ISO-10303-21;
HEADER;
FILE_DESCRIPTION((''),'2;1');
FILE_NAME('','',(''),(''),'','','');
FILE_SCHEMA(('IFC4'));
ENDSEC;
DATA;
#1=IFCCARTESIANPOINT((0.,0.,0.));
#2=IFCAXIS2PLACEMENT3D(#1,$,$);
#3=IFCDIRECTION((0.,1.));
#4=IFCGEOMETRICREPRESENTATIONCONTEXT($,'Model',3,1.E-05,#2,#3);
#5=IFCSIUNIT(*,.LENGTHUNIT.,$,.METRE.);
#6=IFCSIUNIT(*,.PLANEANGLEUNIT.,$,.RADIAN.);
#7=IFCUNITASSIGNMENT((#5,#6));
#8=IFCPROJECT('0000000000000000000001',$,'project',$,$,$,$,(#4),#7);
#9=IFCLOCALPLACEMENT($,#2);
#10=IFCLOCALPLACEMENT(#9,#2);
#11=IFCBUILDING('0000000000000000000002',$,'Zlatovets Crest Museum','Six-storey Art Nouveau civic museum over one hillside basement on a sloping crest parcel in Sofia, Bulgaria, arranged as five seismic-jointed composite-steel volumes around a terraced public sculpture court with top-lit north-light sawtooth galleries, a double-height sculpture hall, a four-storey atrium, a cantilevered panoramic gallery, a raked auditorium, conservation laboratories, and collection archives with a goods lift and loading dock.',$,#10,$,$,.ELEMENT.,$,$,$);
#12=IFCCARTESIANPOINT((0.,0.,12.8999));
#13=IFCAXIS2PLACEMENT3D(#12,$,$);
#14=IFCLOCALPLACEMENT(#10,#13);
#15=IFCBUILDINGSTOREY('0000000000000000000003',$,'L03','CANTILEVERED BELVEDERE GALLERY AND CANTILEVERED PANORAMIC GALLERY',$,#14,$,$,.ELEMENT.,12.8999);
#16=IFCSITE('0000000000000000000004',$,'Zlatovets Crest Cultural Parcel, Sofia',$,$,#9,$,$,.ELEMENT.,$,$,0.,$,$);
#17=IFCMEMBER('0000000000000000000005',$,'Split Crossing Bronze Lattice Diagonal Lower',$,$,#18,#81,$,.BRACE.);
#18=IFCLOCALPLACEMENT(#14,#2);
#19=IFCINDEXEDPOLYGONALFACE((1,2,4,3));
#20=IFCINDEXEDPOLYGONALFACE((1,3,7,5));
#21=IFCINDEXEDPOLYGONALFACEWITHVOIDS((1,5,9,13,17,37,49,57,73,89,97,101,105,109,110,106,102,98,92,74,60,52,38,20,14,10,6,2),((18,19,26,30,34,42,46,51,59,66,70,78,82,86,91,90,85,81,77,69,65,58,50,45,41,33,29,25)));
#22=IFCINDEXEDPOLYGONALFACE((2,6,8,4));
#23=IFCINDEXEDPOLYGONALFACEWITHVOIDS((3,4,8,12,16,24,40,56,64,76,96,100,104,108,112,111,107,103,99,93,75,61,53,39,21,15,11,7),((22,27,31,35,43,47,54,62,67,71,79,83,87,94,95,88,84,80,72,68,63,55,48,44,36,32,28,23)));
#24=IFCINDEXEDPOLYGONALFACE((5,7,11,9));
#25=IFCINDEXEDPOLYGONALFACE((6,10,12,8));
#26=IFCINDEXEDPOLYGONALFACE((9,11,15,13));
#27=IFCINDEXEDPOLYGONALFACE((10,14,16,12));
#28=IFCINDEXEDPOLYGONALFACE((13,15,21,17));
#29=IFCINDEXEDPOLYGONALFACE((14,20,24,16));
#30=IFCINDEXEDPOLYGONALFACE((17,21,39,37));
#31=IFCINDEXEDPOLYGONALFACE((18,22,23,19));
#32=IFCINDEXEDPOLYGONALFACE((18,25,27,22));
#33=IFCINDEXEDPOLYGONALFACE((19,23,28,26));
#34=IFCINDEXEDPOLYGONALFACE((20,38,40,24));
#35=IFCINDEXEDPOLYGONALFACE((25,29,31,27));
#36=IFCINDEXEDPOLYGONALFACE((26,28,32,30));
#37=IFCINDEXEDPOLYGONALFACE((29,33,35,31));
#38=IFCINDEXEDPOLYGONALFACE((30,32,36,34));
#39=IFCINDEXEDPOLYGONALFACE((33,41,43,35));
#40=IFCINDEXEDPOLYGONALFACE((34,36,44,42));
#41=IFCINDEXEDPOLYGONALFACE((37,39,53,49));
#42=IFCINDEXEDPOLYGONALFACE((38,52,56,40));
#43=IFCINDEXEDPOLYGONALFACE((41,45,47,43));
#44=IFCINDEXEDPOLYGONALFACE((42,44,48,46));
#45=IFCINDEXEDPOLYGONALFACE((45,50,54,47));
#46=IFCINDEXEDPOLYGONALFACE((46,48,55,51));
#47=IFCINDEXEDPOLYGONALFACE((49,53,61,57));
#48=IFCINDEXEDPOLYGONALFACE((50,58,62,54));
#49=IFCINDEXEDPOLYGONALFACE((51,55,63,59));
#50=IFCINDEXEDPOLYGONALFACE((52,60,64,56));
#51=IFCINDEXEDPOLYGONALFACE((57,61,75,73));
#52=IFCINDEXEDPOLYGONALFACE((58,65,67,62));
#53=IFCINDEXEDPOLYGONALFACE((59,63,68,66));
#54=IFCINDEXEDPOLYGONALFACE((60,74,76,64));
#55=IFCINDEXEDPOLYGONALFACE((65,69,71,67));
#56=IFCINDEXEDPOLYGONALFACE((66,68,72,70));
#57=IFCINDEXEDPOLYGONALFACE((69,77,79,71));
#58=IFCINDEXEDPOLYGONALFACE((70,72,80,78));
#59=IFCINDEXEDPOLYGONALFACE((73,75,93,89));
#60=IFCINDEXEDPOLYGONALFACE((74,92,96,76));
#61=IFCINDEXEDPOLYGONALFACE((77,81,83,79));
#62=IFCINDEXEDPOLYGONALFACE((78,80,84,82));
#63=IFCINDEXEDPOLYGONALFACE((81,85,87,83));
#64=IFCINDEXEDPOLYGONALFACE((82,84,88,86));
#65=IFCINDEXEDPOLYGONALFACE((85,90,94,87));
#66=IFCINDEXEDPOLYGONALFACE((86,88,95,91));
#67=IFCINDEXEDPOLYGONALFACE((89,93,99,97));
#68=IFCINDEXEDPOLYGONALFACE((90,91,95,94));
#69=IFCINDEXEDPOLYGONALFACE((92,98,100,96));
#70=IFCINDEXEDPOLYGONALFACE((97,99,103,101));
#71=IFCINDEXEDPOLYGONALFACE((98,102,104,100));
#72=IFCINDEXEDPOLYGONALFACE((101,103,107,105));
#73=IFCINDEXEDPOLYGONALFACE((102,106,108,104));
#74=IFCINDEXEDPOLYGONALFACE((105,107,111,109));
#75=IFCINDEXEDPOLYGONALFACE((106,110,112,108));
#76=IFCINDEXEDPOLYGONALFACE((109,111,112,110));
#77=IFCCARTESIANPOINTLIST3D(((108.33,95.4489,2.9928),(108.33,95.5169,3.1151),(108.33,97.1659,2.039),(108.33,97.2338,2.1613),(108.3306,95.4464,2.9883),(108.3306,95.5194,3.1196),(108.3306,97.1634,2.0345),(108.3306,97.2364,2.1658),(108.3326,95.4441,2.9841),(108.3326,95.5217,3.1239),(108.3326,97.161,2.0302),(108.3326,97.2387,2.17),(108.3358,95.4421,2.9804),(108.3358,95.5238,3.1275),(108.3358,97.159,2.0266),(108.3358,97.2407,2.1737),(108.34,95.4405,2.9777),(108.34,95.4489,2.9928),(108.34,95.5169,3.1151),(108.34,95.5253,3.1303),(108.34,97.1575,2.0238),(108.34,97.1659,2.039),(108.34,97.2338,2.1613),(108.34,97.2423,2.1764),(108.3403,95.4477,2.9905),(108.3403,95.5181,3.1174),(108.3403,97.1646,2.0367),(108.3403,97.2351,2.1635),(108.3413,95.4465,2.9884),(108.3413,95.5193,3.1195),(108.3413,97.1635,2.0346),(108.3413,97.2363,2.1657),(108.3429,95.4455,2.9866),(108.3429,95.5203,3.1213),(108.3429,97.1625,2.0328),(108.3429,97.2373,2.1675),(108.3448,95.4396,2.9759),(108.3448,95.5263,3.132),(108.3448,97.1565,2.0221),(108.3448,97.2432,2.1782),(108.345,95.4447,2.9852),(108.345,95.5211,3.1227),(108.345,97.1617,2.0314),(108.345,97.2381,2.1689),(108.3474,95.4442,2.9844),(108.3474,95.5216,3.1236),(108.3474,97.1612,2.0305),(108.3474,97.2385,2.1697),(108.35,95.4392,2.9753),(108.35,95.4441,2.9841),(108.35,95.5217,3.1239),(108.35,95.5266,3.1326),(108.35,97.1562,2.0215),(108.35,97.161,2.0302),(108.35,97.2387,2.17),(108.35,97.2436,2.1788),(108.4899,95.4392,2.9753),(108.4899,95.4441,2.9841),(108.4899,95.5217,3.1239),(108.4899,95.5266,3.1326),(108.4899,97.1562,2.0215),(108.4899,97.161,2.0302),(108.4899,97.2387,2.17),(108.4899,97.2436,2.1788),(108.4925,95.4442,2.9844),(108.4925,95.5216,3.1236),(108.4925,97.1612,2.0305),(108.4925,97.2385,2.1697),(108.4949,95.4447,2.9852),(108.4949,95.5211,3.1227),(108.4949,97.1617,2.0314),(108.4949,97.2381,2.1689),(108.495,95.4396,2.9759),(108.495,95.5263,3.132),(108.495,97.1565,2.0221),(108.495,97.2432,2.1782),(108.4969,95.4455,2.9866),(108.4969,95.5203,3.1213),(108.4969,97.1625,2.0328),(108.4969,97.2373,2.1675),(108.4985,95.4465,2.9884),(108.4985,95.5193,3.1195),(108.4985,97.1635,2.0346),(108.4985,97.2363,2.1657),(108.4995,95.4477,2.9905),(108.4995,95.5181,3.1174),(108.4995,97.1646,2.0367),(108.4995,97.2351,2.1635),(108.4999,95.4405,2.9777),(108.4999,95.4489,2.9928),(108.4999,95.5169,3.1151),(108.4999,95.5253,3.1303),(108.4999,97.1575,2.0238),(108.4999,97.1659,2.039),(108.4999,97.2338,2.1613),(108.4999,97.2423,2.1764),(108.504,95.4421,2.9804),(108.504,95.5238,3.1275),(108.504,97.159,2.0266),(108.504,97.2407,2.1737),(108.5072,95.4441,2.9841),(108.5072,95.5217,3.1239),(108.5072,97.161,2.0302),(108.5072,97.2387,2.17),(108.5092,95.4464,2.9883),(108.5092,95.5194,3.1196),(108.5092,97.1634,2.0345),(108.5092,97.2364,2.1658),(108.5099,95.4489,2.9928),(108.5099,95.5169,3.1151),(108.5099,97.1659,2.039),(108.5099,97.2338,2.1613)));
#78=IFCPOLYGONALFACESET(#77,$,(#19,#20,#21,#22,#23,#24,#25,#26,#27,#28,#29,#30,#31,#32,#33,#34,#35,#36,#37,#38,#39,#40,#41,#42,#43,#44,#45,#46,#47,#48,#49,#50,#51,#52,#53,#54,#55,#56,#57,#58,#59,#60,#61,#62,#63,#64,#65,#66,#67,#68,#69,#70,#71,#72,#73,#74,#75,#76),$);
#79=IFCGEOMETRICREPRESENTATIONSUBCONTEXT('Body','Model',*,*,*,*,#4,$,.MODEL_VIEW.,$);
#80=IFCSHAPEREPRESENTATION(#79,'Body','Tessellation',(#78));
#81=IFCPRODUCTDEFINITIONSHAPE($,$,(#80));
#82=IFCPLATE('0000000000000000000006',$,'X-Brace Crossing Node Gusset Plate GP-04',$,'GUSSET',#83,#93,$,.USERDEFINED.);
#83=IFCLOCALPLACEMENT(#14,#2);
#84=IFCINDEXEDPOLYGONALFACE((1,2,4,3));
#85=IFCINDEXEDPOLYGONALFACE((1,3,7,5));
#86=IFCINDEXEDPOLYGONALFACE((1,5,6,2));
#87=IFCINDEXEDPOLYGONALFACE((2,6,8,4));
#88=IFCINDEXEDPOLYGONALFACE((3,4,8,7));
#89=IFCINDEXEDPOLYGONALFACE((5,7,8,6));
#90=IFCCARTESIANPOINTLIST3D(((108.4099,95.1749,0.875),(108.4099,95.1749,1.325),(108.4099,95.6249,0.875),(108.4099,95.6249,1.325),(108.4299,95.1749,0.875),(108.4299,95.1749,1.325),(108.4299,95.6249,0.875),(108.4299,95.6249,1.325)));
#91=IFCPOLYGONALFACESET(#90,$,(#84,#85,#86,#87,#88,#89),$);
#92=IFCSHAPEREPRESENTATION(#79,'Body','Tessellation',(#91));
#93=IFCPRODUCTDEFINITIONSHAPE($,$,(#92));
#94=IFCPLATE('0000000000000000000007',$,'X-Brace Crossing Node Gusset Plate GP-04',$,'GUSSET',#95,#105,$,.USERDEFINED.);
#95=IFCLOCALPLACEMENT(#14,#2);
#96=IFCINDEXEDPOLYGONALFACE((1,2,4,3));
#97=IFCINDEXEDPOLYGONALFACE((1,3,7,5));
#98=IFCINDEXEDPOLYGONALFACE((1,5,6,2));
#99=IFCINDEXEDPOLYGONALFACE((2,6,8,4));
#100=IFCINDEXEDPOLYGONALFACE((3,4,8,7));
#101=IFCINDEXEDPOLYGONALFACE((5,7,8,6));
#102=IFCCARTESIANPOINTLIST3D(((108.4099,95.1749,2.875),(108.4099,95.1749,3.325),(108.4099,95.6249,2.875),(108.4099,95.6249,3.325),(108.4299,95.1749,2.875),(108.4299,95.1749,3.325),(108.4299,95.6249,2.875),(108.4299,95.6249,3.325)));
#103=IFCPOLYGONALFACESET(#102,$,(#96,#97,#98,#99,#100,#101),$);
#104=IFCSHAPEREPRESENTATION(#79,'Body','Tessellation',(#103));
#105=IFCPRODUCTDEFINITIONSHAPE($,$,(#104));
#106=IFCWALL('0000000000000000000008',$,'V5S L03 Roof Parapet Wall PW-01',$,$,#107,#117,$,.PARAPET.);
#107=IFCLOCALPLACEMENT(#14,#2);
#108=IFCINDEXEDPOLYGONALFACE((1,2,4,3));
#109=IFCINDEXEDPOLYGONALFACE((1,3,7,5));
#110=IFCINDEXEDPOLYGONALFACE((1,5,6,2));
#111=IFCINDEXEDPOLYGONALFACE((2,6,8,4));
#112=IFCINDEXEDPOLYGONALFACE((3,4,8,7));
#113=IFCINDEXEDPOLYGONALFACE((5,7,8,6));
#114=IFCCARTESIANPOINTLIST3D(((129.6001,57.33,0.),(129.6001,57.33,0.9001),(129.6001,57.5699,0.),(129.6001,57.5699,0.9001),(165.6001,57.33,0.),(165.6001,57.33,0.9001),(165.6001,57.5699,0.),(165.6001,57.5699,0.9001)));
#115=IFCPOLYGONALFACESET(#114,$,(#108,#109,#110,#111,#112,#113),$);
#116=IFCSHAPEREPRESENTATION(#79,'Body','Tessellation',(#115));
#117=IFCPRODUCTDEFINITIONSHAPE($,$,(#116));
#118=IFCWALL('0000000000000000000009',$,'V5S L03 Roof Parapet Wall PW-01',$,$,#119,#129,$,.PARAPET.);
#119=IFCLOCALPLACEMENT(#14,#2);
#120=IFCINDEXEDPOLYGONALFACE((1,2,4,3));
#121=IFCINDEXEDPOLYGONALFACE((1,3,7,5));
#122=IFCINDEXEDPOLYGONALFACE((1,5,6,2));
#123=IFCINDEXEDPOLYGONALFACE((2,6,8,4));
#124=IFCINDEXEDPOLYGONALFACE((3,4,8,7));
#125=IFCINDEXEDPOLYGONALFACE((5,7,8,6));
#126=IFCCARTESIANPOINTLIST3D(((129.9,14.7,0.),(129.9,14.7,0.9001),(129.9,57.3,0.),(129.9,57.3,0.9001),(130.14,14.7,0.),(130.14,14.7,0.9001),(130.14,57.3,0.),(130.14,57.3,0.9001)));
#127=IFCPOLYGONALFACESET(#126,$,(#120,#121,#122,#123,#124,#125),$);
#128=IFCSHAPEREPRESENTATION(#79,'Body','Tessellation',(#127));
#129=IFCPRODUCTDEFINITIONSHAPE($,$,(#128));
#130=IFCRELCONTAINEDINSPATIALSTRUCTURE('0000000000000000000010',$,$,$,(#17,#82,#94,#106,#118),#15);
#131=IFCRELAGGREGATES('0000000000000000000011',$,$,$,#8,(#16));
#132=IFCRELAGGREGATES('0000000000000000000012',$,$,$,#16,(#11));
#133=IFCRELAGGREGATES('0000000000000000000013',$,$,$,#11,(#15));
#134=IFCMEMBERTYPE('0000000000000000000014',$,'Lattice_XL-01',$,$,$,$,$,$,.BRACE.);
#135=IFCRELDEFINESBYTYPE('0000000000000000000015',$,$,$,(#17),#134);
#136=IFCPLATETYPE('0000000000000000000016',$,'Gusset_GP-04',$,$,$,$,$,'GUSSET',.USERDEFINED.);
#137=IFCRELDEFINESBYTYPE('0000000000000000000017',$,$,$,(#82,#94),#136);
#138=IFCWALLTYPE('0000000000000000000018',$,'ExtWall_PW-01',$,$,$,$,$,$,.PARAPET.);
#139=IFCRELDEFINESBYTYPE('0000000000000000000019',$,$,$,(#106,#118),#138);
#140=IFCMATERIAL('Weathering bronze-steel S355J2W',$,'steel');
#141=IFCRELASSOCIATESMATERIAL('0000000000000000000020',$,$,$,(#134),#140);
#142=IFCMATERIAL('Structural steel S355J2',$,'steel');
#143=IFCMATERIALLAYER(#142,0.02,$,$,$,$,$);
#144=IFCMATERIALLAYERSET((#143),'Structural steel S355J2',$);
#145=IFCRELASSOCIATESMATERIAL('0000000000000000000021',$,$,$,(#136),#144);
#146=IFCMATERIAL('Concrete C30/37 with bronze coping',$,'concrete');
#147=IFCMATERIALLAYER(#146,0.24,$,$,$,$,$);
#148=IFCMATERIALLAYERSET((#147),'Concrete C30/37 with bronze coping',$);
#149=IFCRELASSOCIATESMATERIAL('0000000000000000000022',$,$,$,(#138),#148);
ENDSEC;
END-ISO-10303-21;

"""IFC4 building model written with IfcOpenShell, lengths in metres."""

from ifc_helpers import new_model, si_unit, direction, frame, frame_2d, origin, origin_2d, place, context, subcontext, project, spatial, rectangle, hollow_rectangle, extrude, material, layer, layer_set, material_profile, profile_set, type_object, element, save


model = new_model("IFC4")

# Units and contexts
model_context = context("Model", 3, precision=1e-05, world=origin(), true_north=direction((0.0, 1.0)))
body_context = subcontext(model_context, "Body", "Model", "MODEL_VIEW")
ifc_project = project(units=[si_unit("LENGTHUNIT", "METRE"), si_unit("PLANEANGLEUNIT", "RADIAN")], contexts=[model_context])

# Site, building, storey
site_placement = place(None, origin())
site = spatial("IfcSite", under=ifc_project, at=site_placement, Name="Zlatovets Crest Cultural Parcel, Sofia", CompositionType="ELEMENT", RefElevation=0.0)
building_placement = place(site_placement, origin())
building = spatial("IfcBuilding", under=site, at=building_placement, Name="Zlatovets Crest Museum", Description="Six-storey Art Nouveau civic museum over one hillside basement on a sloping crest parcel in Sofia, Bulgaria, arranged as five seismic-jointed composite-steel volumes around a terraced public sculpture court with top-lit north-light sawtooth galleries, a double-height sculpture hall, a four-storey atrium, a cantilevered panoramic gallery, a raked auditorium, conservation laboratories, and collection archives with a goods lift and loading dock.", CompositionType="ELEMENT")
storey_placement = place(building_placement, frame((0.0, 0.0, 12.8999)))
storey = spatial("IfcBuildingStorey", under=building, at=storey_placement, Name="L03", Description="CANTILEVERED BELVEDERE GALLERY AND CANTILEVERED PANORAMIC GALLERY", CompositionType="ELEMENT", Elevation=12.8999)

# Shared definitions
ifc_material_1 = material(Name="Structural steel S355J2", Category="steel")

# Member
ifc_material_2 = material(Name="Weathering bronze-steel S355J2W", Category="steel")
ifc_material_profile_1 = material_profile(ifc_material_2, hollow_rectangle(XDim=0.1799, YDim=0.1799, WallThickness=0.01, InnerFilletRadius=0.01, OuterFilletRadius=0.02, at=origin_2d()), Name="SHS 180x180x10.0")
ifc_profile_set_1 = profile_set([ifc_material_profile_1], Name="Weathering bronze-steel S355J2W")
member_type = type_object("IfcMemberType", Name="Lattice_XL-01", PredefinedType="BRACE", material=ifc_profile_set_1)
member_1_placement = place(storey_placement, frame((108.4199, 95.4829, 3.054), z_axis=(0.0, 0.874169, -0.485622), x_axis=(-1.0, 0.0, 0.0)))
element("IfcMember", 1, at=member_1_placement, inside=storey, type_object=member_type, Name="Split Crossing Bronze Lattice Diagonal Lower", PredefinedType="BRACE", context=body_context, shape_type="SweptSolid", body=[
    extrude(hollow_rectangle(XDim=0.1799, YDim=0.1799, WallThickness=0.01, InnerFilletRadius=0.01, OuterFilletRadius=0.02, at=origin_2d()), origin(), (0.0, 0.0, 1.0), 1.9641),
])

# Plates
ifc_layer_1 = layer(ifc_material_1, 0.02)
ifc_layer_set_1 = layer_set([ifc_layer_1], Name="Structural steel S355J2")
plate_type = type_object("IfcPlateType", Name="Gusset_GP-04", ElementType="GUSSET", PredefinedType="USERDEFINED", material=ifc_layer_set_1)
for number, where, z_axis, x_axis, name in (
    (2, (108.4199, 95.3999, 0.875), (0.0, 0.0, 1.0), (1.0, 0.0, 0.0), "X-Brace Crossing Node Gusset Plate GP-04"),
    (3, (108.4199, 95.3999, 2.875), (0.0, 0.0, 1.0), (1.0, 0.0, 0.0), "X-Brace Crossing Node Gusset Plate GP-04"),
):
    element("IfcPlate", number, at=place(storey_placement, frame(where, z_axis=z_axis, x_axis=x_axis)), inside=storey, type_object=plate_type, Name=name, ObjectType="GUSSET", PredefinedType="USERDEFINED", context=body_context, shape_type="SweptSolid", body=[
        extrude(rectangle(XDim=0.02, YDim=0.45, at=origin_2d()), origin(), (0.0, 0.0, 1.0), 0.45),
    ])

# Walls
ifc_material_3 = material(Name="Concrete C30/37 with bronze coping", Category="concrete")
ifc_layer_2 = layer(ifc_material_3, 0.24)
ifc_layer_set_2 = layer_set([ifc_layer_2], Name="Concrete C30/37 with bronze coping")
wall_type = type_object("IfcWallType", Name="ExtWall_PW-01", PredefinedType="PARAPET", material=ifc_layer_set_2)
wall_1_placement = place(storey_placement, frame((165.6001, 57.45, 0.0), z_axis=(0.0, 0.0, 1.0), x_axis=(-1.0, 0.0, 0.0)))
element("IfcWall", 4, at=wall_1_placement, inside=storey, type_object=wall_type, Name="V5S L03 Roof Parapet Wall PW-01", PredefinedType="PARAPET", context=body_context, shape_type="SweptSolid", body=[
    extrude(rectangle(XDim=36.0, YDim=0.24, at=frame_2d((18.0, 0.0))), origin(), (0.0, 0.0, 1.0), 0.9001),
])
wall_2_placement = place(storey_placement, frame((130.02, 57.3, 0.0), z_axis=(0.0, 0.0, 1.0), x_axis=(0.0, -1.0, 0.0)))
element("IfcWall", 5, at=wall_2_placement, inside=storey, type_object=wall_type, Name="V5S L03 Roof Parapet Wall PW-01", PredefinedType="PARAPET", context=body_context, shape_type="SweptSolid", body=[
    extrude(rectangle(XDim=42.6001, YDim=0.24, at=frame_2d((21.3, 0.0))), origin(), (0.0, 0.0, 1.0), 0.9001),
])

save(model, "model.ifc")
